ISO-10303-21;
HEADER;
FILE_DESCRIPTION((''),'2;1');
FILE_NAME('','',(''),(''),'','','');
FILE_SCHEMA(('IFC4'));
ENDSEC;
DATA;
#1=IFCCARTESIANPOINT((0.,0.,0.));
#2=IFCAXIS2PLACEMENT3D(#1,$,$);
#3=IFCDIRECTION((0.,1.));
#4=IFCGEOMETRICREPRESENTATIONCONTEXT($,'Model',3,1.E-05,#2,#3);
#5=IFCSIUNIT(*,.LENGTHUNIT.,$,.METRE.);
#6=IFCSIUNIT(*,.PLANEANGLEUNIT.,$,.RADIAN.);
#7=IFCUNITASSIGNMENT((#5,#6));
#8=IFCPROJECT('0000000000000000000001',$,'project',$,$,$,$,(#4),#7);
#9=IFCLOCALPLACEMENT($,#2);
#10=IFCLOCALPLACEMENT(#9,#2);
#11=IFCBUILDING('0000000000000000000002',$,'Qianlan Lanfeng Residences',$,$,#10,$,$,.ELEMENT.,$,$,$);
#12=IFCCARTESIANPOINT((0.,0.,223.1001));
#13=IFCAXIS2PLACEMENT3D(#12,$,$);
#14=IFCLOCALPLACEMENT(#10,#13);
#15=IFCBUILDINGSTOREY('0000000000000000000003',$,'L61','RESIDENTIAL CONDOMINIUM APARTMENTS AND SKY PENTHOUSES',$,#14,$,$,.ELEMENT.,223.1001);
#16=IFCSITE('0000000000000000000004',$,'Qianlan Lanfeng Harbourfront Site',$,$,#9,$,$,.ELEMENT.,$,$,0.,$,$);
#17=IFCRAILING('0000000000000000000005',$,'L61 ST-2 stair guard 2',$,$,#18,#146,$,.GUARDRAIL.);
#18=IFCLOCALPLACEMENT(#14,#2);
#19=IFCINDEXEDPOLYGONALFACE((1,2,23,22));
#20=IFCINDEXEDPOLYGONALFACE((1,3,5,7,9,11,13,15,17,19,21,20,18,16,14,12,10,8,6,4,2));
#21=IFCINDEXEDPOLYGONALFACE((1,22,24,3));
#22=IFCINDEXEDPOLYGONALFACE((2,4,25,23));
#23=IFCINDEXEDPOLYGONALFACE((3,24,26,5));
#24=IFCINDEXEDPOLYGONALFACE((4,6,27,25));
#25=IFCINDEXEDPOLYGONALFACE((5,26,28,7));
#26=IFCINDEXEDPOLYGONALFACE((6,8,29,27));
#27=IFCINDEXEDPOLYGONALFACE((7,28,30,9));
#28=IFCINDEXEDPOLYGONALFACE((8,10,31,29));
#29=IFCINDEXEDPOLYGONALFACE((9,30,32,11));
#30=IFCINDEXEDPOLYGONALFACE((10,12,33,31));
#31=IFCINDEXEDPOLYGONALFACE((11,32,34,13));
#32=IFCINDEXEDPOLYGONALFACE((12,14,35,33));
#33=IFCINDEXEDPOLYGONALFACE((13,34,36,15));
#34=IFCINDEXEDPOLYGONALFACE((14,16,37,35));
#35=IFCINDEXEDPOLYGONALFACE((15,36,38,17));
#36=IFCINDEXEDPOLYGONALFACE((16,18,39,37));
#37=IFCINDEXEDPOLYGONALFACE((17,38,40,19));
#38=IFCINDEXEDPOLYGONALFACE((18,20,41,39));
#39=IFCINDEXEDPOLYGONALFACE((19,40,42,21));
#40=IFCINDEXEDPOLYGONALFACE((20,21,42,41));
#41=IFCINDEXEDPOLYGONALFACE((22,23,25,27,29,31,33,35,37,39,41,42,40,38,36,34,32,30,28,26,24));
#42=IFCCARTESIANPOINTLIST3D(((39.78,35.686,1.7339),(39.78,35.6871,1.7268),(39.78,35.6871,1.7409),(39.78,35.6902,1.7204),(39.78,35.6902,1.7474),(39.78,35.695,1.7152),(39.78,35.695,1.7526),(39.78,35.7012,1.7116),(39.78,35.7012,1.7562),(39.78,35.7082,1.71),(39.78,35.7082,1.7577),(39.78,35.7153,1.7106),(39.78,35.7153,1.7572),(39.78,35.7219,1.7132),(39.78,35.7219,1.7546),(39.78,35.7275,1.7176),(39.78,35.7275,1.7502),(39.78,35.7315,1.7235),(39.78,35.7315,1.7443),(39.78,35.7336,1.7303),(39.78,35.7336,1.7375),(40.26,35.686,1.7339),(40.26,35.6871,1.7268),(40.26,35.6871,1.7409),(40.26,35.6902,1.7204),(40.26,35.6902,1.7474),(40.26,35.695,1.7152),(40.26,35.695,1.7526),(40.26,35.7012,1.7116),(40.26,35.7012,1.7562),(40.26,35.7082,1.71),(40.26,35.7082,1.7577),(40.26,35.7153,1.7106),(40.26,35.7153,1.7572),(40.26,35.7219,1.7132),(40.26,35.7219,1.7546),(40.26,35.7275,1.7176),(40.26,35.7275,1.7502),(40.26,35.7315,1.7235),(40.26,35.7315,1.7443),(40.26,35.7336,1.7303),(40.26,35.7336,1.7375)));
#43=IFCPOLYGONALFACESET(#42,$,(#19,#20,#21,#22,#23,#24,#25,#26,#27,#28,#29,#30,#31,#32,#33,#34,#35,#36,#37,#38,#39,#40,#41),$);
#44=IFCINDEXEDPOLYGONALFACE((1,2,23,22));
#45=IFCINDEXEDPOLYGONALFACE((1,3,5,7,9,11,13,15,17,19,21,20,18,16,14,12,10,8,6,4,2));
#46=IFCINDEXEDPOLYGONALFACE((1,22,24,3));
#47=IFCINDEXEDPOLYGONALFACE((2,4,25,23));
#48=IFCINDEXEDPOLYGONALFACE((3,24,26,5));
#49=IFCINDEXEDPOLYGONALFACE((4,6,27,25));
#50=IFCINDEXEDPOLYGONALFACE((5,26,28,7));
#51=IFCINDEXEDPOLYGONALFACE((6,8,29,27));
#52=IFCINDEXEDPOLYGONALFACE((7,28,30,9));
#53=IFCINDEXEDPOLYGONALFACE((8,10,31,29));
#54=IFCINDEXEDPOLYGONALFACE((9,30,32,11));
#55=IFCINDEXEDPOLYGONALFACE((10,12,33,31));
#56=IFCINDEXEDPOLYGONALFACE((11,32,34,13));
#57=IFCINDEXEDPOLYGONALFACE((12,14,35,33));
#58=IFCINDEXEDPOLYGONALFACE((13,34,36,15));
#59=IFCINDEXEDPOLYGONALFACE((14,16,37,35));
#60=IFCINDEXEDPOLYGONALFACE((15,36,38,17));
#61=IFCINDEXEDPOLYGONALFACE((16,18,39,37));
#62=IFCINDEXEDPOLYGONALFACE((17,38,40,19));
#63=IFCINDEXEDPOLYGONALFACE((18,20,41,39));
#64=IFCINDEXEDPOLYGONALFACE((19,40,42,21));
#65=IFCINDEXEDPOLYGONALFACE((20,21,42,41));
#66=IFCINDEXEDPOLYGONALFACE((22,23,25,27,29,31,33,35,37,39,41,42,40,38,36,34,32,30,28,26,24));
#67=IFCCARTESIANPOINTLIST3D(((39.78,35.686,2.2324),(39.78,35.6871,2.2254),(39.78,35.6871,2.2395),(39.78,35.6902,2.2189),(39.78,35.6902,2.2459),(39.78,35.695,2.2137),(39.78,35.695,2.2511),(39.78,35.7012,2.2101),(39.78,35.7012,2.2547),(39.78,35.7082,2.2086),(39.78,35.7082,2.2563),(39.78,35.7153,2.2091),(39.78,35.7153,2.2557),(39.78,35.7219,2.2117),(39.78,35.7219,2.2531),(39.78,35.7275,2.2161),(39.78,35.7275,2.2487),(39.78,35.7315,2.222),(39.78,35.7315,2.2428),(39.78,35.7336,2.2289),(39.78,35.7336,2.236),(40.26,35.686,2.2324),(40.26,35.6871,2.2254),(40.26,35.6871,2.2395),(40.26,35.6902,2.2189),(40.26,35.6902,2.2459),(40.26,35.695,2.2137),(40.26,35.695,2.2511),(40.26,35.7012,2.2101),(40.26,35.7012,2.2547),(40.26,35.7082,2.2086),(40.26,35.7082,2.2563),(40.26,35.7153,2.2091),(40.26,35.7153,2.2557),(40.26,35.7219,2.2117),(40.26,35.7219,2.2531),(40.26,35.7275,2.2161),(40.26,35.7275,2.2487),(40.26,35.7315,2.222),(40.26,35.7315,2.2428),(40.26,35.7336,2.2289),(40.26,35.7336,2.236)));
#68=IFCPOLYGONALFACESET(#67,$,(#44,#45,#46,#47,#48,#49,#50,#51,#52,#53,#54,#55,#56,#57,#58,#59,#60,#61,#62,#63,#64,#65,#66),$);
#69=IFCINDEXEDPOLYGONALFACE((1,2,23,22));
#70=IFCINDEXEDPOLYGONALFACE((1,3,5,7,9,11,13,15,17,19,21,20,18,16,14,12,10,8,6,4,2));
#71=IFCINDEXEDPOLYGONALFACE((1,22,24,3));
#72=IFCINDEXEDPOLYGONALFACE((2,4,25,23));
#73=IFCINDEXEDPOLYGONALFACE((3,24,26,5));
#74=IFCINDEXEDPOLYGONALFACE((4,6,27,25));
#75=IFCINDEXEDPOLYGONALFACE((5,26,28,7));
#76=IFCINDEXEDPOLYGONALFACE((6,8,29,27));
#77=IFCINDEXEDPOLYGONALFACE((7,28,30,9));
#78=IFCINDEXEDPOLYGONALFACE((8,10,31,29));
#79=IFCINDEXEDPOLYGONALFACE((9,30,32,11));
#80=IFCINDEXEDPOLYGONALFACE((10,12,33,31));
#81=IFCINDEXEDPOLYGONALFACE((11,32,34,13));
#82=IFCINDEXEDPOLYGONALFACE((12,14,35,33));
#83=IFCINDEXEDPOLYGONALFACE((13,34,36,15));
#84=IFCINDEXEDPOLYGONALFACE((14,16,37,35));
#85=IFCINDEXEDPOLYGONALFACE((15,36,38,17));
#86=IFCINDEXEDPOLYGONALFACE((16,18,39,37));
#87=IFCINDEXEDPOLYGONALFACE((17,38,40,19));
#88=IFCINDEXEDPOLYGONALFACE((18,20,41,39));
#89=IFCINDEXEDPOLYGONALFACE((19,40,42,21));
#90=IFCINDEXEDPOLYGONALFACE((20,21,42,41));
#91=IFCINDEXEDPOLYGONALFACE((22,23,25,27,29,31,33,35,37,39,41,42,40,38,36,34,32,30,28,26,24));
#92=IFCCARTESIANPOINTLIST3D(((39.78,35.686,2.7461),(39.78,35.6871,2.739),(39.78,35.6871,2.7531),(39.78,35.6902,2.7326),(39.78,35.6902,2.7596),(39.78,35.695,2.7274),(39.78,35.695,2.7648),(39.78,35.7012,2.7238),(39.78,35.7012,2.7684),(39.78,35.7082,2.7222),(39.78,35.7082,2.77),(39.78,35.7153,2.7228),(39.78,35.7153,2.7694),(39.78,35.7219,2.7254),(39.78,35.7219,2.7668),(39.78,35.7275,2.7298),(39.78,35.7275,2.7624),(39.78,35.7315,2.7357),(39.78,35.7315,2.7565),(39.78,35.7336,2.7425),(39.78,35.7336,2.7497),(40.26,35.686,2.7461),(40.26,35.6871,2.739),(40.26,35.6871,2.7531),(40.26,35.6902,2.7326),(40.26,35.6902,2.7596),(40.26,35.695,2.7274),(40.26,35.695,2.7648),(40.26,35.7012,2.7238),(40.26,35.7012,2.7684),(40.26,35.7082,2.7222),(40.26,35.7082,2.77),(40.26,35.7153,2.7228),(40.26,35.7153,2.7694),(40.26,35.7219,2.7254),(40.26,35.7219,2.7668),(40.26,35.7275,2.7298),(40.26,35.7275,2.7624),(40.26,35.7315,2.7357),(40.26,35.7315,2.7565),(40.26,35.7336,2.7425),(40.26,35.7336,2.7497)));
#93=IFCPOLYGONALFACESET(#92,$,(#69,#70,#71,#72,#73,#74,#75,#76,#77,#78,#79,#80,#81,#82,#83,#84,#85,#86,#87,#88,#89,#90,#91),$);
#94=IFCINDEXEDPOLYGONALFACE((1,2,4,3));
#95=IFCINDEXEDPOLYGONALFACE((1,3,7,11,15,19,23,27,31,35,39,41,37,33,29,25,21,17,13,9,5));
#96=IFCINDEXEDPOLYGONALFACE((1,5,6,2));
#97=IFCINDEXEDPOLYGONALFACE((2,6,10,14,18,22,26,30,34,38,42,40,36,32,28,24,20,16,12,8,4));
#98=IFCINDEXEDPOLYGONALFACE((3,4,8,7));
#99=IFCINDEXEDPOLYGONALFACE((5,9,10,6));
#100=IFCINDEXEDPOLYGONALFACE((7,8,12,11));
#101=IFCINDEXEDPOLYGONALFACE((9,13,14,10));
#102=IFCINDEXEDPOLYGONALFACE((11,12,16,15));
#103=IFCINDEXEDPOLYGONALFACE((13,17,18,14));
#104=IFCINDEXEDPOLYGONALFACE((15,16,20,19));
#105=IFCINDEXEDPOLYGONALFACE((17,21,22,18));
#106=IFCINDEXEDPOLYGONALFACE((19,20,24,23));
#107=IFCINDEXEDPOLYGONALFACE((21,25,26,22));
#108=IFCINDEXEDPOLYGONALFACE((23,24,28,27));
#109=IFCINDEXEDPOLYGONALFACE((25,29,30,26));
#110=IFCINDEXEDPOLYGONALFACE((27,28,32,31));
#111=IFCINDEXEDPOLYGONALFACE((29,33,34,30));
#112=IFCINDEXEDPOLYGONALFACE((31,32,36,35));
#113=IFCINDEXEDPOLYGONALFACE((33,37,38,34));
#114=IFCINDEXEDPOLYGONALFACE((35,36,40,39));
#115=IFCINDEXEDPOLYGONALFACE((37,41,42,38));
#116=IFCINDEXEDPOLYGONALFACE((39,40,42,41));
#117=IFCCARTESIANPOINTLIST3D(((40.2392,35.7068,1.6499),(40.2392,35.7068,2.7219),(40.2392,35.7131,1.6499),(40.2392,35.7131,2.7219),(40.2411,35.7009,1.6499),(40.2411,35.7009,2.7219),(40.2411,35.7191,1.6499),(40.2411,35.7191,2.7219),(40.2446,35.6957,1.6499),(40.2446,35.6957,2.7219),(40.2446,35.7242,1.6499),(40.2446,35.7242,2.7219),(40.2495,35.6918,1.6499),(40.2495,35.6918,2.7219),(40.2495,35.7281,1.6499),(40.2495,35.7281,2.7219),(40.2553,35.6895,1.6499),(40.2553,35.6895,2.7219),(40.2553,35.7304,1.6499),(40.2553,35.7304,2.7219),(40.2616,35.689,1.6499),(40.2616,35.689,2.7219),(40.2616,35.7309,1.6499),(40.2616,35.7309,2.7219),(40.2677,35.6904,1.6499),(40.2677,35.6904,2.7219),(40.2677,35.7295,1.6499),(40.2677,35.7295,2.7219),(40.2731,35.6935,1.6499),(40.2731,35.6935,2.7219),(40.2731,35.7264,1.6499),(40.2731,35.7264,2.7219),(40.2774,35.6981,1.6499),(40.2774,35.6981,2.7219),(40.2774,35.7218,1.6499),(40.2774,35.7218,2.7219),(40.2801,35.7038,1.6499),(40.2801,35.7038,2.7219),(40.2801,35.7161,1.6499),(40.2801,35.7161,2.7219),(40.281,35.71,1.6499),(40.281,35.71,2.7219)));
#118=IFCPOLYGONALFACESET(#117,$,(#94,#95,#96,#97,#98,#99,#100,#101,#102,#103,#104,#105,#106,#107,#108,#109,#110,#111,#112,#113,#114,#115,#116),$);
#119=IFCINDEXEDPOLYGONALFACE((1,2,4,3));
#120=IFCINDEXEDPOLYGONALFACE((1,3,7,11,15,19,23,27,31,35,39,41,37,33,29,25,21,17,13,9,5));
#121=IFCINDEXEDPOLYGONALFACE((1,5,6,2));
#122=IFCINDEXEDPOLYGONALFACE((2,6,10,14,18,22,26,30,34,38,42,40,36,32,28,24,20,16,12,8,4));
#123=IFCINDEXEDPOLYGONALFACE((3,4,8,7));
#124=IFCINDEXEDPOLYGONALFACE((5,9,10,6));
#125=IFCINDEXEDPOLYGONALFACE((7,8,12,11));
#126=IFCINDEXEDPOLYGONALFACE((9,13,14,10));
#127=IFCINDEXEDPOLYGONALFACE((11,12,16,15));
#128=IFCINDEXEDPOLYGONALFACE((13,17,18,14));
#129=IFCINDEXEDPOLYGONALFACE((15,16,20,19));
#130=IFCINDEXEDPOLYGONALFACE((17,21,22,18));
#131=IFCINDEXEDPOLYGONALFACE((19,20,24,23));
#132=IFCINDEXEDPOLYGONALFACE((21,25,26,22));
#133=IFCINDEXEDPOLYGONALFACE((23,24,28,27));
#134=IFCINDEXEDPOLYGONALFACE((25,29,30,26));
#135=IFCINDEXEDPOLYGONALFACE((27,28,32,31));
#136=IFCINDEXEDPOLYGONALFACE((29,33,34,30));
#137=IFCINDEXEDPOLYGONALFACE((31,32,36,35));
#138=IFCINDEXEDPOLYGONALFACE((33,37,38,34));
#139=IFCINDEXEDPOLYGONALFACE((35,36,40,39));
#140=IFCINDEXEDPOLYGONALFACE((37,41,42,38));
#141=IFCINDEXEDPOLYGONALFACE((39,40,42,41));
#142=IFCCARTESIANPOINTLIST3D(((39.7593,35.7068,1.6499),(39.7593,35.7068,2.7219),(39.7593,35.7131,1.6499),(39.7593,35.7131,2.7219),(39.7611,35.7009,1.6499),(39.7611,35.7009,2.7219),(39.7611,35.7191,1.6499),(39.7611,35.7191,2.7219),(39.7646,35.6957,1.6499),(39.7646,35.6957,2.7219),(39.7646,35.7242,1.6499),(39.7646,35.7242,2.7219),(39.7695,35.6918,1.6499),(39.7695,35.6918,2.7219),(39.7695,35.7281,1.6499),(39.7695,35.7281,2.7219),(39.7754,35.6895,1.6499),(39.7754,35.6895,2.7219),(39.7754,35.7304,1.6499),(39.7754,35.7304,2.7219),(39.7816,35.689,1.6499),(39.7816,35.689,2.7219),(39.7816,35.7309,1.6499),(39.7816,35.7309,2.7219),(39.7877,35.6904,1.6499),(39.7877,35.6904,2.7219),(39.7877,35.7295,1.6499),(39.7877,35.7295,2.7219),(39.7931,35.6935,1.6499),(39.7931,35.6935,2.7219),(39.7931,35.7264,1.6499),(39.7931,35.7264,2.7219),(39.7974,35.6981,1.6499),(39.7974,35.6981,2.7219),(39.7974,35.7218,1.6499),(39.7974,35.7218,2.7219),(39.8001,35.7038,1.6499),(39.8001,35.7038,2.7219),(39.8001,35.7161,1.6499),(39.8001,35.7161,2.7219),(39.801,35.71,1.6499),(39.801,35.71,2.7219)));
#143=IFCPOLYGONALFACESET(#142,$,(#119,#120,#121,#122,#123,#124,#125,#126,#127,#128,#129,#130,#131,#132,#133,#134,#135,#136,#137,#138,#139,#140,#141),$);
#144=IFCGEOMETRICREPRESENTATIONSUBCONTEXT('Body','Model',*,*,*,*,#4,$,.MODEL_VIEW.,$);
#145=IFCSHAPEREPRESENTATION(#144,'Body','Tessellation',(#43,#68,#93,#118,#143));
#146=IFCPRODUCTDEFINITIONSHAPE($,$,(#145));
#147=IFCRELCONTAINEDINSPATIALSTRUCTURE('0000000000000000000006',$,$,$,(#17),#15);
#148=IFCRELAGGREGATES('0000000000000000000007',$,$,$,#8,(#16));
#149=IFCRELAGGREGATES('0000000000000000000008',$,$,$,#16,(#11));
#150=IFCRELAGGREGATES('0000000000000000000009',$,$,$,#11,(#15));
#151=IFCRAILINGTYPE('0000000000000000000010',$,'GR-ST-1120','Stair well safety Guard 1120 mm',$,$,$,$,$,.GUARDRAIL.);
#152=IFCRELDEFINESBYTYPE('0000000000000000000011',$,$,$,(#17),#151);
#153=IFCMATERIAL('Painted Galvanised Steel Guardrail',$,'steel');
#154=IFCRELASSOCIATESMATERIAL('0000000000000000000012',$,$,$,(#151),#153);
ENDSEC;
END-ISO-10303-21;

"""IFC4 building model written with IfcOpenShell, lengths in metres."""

from ifc_helpers import new_model, si_unit, direction, frame, origin, origin_2d, place, context, subcontext, project, spatial, circle, extrude, material, type_object, element, save


model = new_model("IFC4")

# Units and contexts
model_context = context("Model", 3, precision=1e-05, world=origin(), true_north=direction((0.0, 1.0)))
body_context = subcontext(model_context, "Body", "Model", "MODEL_VIEW")
ifc_project = project(units=[si_unit("LENGTHUNIT", "METRE"), si_unit("PLANEANGLEUNIT", "RADIAN")], contexts=[model_context])

# Site, building, storey
site_placement = place(None, origin())
site = spatial("IfcSite", under=ifc_project, at=site_placement, Name="Qianlan Lanfeng Harbourfront Site", CompositionType="ELEMENT", RefElevation=0.0)
building_placement = place(site_placement, origin())
building = spatial("IfcBuilding", under=site, at=building_placement, Name="Qianlan Lanfeng Residences", CompositionType="ELEMENT")
storey_placement = place(building_placement, frame((0.0, 0.0, 223.1001)))
storey = spatial("IfcBuildingStorey", under=building, at=storey_placement, Name="L61", Description="RESIDENTIAL CONDOMINIUM APARTMENTS AND SKY PENTHOUSES", CompositionType="ELEMENT", Elevation=223.1001)

# Railing
ifc_material_1 = material(Name="Painted Galvanised Steel Guardrail", Category="steel")
railing_type_1 = type_object("IfcRailingType", Name="GR-ST-1120", Description="Stair well safety Guard 1120 mm", PredefinedType="GUARDRAIL", material=ifc_material_1)
railing_1_placement = place(storey_placement, frame((40.26, 35.71, 1.6499)))
element("IfcRailing", 1, at=railing_1_placement, inside=storey, type_object=railing_type_1, Name="L61 ST-2 stair guard 2", PredefinedType="GUARDRAIL", context=body_context, shape_type="SweptSolid", body=[
    extrude(circle(Radius=0.0239, at=origin_2d()), frame((0.0, 0.0, 0.084), z_axis=(-1.0, 0.0, 0.0), x_axis=(0.0, -1.0, 0.0)), (0.0, 0.0, 1.0), 0.48),
    extrude(circle(Radius=0.0239, at=origin_2d()), frame((0.0, 0.0, 0.5825), z_axis=(-1.0, 0.0, 0.0), x_axis=(0.0, -1.0, 0.0)), (0.0, 0.0, 1.0), 0.48),
    extrude(circle(Radius=0.0239, at=origin_2d()), frame((0.0, 0.0, 1.0962), z_axis=(-1.0, 0.0, 0.0), x_axis=(0.0, -1.0, 0.0)), (0.0, 0.0, 1.0), 0.48),
    extrude(circle(Radius=0.021, at=origin_2d()), origin(), (0.0, 0.0, 1.0), 1.072),
    extrude(circle(Radius=0.021, at=origin_2d()), frame((-0.48, 0.0, 0.0)), (0.0, 0.0, 1.0), 1.072),
])

save(model, "model.ifc")
